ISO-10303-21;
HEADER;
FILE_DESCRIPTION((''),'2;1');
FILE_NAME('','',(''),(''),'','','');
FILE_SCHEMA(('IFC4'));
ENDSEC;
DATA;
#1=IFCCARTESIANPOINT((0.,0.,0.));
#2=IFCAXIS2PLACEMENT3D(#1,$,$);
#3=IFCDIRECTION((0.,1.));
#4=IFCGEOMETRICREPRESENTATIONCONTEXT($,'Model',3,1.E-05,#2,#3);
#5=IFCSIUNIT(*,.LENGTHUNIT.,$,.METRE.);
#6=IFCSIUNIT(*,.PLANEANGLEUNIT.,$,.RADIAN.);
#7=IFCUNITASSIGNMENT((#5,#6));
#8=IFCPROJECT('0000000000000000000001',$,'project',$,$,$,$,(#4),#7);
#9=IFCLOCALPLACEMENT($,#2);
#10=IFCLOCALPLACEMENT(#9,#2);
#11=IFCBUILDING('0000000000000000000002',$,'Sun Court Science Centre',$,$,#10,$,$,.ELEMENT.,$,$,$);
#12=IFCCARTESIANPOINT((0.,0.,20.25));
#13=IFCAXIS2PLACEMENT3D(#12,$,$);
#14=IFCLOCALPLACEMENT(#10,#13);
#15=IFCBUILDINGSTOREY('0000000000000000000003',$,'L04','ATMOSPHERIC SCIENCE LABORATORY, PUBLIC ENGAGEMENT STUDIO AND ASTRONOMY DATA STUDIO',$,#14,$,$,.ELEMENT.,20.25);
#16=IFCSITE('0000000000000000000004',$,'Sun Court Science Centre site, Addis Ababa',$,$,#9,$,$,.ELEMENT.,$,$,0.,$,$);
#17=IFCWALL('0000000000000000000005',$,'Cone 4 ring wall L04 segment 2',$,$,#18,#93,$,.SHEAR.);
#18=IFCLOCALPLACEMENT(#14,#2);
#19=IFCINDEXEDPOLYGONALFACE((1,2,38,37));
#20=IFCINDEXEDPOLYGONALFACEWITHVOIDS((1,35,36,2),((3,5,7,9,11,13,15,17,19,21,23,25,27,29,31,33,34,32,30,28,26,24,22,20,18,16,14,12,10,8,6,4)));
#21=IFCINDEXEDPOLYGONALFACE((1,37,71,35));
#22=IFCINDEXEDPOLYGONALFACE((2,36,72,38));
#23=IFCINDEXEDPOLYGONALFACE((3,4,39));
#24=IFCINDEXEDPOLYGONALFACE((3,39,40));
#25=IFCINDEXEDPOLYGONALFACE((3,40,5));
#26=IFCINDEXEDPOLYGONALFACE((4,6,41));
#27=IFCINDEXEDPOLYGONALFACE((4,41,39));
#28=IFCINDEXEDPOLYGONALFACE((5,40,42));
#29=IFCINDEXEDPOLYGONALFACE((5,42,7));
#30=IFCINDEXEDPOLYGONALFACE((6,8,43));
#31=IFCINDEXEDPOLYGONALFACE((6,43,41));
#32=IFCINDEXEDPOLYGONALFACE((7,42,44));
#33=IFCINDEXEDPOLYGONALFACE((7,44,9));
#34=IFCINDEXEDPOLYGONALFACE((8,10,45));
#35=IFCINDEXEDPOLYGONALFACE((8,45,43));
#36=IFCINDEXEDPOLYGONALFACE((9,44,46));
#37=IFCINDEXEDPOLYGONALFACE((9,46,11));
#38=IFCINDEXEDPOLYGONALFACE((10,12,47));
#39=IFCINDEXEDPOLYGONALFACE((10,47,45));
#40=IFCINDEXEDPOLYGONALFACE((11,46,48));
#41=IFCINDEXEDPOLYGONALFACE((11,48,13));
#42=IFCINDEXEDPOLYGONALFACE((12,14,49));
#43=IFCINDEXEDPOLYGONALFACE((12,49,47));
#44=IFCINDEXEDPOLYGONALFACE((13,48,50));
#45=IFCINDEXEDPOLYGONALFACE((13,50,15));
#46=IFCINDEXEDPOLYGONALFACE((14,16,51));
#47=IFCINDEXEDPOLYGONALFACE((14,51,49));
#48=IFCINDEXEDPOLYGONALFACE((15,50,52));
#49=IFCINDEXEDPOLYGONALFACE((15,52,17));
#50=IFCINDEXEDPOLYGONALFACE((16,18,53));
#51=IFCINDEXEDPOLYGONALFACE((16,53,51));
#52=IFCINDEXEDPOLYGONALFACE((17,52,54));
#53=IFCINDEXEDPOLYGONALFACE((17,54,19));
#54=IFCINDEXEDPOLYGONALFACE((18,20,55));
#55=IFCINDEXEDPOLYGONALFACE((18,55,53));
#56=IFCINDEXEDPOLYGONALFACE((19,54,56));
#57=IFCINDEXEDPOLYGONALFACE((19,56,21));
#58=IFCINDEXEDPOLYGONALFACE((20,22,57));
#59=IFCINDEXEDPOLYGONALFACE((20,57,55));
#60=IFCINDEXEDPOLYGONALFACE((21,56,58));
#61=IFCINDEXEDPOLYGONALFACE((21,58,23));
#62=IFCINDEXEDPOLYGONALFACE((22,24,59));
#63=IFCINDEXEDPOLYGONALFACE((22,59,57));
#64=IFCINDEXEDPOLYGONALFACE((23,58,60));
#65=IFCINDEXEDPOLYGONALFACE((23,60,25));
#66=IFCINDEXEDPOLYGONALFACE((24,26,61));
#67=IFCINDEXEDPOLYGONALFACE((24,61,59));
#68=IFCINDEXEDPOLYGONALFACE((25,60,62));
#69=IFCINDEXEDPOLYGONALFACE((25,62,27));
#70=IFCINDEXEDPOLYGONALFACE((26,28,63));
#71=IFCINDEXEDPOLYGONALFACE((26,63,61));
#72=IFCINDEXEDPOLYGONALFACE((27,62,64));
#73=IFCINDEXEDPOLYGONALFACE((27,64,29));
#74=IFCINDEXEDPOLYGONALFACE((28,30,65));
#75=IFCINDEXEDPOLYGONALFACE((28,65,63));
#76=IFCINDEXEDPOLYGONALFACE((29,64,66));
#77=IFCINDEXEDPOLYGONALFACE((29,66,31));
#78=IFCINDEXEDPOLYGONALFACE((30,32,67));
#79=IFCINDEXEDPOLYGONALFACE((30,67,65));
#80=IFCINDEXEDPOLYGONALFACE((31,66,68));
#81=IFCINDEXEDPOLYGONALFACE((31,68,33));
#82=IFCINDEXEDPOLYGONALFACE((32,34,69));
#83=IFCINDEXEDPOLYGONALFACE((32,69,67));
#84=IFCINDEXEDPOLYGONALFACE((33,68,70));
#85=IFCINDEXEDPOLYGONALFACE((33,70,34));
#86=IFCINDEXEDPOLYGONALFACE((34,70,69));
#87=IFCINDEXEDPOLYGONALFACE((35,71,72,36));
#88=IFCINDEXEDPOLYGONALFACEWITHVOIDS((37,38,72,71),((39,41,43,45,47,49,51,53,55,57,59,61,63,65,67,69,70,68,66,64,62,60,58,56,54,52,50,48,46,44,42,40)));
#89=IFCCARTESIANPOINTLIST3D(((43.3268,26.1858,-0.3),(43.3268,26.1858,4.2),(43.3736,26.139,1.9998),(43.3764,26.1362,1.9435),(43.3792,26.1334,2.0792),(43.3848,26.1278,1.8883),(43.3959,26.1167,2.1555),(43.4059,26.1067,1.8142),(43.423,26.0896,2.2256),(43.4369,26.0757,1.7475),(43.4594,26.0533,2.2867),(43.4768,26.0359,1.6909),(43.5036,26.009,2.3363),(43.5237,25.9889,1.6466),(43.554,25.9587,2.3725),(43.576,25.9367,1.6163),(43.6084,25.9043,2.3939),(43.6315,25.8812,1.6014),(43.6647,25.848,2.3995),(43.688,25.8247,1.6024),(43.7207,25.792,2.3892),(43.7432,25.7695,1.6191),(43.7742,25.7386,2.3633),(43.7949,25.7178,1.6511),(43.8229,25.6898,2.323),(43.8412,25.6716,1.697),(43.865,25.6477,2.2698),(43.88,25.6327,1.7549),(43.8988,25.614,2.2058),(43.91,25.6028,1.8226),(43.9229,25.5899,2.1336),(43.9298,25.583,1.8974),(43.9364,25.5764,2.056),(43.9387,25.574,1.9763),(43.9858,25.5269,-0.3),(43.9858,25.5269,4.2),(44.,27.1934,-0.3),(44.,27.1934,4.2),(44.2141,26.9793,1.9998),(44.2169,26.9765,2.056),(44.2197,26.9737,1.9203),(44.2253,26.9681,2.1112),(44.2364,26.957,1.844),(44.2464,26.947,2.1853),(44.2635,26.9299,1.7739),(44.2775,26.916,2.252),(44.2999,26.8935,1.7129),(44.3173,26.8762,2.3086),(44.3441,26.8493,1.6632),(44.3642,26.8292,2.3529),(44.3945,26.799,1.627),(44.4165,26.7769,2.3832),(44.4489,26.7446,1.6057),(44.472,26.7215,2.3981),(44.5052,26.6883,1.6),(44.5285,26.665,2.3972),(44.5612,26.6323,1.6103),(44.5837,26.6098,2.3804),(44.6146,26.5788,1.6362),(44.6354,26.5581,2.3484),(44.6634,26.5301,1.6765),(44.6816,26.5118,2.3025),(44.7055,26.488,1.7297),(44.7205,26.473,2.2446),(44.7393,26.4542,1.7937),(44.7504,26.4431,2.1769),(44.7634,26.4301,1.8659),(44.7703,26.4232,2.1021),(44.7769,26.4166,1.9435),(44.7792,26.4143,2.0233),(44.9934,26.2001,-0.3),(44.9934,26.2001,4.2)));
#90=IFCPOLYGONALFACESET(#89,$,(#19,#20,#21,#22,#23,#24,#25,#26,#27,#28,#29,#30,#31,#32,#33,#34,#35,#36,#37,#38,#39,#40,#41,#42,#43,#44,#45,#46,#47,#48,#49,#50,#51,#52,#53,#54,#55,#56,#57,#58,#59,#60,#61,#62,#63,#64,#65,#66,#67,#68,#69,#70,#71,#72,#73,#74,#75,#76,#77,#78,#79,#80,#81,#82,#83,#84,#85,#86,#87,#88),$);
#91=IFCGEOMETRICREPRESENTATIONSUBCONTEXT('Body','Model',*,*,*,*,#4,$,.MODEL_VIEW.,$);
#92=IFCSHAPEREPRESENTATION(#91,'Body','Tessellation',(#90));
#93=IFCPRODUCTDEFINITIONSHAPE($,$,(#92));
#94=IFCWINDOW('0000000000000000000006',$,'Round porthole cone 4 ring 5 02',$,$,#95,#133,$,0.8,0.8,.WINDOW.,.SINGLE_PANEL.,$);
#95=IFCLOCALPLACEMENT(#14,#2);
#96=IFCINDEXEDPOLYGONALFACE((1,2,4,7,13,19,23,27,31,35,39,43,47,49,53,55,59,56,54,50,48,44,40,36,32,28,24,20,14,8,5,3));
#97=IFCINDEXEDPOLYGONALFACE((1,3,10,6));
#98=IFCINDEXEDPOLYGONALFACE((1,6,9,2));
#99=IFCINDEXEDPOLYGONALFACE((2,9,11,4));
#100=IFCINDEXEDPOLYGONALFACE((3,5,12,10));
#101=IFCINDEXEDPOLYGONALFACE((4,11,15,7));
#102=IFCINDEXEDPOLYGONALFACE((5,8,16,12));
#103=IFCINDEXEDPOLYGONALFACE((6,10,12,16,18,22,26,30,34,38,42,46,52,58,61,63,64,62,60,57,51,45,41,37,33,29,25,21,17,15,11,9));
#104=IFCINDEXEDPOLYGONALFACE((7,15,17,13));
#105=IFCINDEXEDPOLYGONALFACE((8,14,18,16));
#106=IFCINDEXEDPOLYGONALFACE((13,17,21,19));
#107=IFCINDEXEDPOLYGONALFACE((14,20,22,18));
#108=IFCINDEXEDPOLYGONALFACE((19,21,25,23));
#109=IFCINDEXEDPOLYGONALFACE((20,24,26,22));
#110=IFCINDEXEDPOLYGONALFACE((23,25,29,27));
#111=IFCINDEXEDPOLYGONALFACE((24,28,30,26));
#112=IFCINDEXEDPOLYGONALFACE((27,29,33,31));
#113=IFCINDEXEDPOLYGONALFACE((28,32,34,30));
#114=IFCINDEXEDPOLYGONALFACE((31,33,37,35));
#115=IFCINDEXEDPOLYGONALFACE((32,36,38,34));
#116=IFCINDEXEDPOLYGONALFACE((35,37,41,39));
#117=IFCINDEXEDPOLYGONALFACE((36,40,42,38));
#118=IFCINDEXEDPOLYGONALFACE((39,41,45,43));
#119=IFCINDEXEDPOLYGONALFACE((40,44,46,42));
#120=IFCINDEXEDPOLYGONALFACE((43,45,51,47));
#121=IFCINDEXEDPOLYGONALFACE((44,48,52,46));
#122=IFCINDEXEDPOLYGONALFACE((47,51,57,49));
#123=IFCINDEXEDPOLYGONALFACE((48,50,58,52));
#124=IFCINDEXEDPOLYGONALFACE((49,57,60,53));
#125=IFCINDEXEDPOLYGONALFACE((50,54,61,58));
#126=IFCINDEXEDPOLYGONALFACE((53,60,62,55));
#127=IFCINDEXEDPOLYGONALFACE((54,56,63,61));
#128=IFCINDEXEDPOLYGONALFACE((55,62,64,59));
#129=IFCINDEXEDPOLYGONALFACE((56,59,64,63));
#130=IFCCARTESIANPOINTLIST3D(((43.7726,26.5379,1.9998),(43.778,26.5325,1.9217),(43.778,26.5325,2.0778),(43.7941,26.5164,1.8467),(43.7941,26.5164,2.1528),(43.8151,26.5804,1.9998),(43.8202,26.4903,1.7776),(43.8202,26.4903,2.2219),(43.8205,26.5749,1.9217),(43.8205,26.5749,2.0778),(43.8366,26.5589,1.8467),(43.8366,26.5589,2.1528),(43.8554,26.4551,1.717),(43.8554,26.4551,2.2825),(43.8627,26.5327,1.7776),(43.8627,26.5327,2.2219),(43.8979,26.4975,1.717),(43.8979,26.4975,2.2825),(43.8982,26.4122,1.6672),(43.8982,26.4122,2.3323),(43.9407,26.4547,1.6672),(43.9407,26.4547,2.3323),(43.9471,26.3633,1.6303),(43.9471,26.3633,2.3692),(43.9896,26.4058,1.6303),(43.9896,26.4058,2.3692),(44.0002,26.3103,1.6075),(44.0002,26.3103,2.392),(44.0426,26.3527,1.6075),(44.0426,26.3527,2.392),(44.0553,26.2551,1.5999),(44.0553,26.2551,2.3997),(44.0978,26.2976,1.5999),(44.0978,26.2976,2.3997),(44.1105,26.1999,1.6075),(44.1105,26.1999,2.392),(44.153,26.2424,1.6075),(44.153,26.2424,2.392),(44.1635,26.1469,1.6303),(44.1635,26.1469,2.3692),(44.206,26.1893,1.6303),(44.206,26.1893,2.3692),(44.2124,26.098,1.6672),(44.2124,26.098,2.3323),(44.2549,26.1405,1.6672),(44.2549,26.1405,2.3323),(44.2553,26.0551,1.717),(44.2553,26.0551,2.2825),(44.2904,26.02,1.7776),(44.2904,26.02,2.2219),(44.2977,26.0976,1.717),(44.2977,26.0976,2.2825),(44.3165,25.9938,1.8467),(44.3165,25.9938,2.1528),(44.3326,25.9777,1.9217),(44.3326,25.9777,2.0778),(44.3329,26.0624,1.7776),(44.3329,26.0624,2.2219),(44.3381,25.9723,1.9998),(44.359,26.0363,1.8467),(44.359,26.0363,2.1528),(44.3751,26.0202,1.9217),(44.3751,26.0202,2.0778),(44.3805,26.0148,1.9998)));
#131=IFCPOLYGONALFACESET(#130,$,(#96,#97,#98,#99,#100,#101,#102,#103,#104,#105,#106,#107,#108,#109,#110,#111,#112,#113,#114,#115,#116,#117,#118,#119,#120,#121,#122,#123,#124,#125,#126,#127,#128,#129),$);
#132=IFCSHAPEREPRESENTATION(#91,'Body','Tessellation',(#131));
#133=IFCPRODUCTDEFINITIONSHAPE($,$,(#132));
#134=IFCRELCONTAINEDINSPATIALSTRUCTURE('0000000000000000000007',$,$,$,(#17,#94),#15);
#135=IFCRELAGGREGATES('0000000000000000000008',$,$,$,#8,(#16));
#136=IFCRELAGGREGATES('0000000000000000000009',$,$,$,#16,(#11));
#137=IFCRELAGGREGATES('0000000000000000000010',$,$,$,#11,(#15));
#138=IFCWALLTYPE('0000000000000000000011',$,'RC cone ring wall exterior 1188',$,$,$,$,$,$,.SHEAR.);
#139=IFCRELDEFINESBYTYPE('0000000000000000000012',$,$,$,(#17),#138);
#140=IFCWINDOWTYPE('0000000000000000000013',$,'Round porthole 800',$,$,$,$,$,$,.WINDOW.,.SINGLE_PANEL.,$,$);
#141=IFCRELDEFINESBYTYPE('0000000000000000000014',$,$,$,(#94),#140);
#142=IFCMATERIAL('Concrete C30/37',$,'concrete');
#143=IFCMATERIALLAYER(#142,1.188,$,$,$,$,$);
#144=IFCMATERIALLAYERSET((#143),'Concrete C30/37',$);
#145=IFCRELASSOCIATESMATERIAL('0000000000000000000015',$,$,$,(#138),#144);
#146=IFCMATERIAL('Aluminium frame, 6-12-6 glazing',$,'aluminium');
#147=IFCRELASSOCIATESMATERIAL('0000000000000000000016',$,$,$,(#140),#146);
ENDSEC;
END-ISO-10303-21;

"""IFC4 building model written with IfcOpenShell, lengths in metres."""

from ifc_helpers import new_model, si_unit, direction, frame, frame_2d, origin, place, context, subcontext, project, spatial, polyline, circle, outline, extrude, material, layer, layer_set, type_object, element, fill, save


model = new_model("IFC4")

# Units and contexts
model_context = context("Model", 3, precision=1e-05, world=origin(), true_north=direction((0.0, 1.0)))
body_context = subcontext(model_context, "Body", "Model", "MODEL_VIEW")
ifc_project = project(units=[si_unit("LENGTHUNIT", "METRE"), si_unit("PLANEANGLEUNIT", "RADIAN")], contexts=[model_context])

# Site, building, storey
site_placement = place(None, origin())
site = spatial("IfcSite", under=ifc_project, at=site_placement, Name="Sun Court Science Centre site, Addis Ababa", CompositionType="ELEMENT", RefElevation=0.0)
building_placement = place(site_placement, origin())
building = spatial("IfcBuilding", under=site, at=building_placement, Name="Sun Court Science Centre", CompositionType="ELEMENT")
storey_placement = place(building_placement, frame((0.0, 0.0, 20.25)))
storey = spatial("IfcBuildingStorey", under=building, at=storey_placement, Name="L04", Description="ATMOSPHERIC SCIENCE LABORATORY, PUBLIC ENGAGEMENT STUDIO AND ASTRONOMY DATA STUDIO", CompositionType="ELEMENT", Elevation=20.25)

# Wall, opening, window
ifc_material_1 = material(Name="Concrete C30/37", Category="concrete")
ifc_layer = layer(ifc_material_1, 1.188)
ifc_layer_set = layer_set([ifc_layer], Name="Concrete C30/37")
wall_type = type_object("IfcWallType", Name="RC cone ring wall exterior 1188", PredefinedType="SHEAR", material=ifc_layer_set)
ifc_material_2 = material(Name="Aluminium frame, 6-12-6 glazing", Category="aluminium")
window_type = type_object("IfcWindowType", Name="Round porthole 800", PartitioningType="SINGLE_PANEL", PredefinedType="WINDOW", material=ifc_material_2)
wall_1_placement = place(storey_placement, frame((44.573, 25.7798, -0.3), z_axis=(0.0, 0.0, 1.0), x_axis=(-0.70702, 0.707194, 0.0)))
wall_1 = element("IfcWall", 1, at=wall_1_placement, inside=storey, type_object=wall_type, Name="Cone 4 ring wall L04 segment 2", PredefinedType="SHEAR", context=body_context, shape_type="SweptSolid", body=[
    extrude(outline(polyline([(0.0, -0.5945), (1.4048, -0.5942), (1.1682, 0.5942), (0.2363, 0.594), (0.0, -0.5945)])), origin(), (0.0, 0.0, 1.0), 4.5),
])
opening_1_placement = place(wall_1_placement, frame((0.3022, 0.0, 1.8999)))
opening_1 = element("IfcOpeningElement", 2, at=opening_1_placement, cuts=wall_1, PredefinedType="OPENING", context=body_context, shape_type="SweptSolid", body=[
    extrude(circle(Radius=0.3999, at=frame_2d((0.3999, 0.3999))), frame((0.0, 0.6042, 0.0), z_axis=(0.0, -1.0, 0.0), x_axis=(1.0, 0.0, 0.0)), (0.0, 0.0, 1.0), 1.2085),
])
window_1_placement = place(opening_1_placement, origin())
window_1 = element("IfcWindow", 3, at=window_1_placement, inside=storey, type_object=window_type, Name="Round porthole cone 4 ring 5 02", OverallHeight=0.8, OverallWidth=0.8, PartitioningType="SINGLE_PANEL", PredefinedType="WINDOW", context=body_context, shape_type="SweptSolid", body=[
    extrude(circle(Radius=0.3999, at=frame_2d((0.3999, 0.3999))), frame((0.0, 0.03, 0.0), z_axis=(0.0, -1.0, 0.0), x_axis=(1.0, 0.0, 0.0)), (0.0, 0.0, 1.0), 0.0601),
])
fill(opening_1, window_1)

save(model, "model.ifc")
